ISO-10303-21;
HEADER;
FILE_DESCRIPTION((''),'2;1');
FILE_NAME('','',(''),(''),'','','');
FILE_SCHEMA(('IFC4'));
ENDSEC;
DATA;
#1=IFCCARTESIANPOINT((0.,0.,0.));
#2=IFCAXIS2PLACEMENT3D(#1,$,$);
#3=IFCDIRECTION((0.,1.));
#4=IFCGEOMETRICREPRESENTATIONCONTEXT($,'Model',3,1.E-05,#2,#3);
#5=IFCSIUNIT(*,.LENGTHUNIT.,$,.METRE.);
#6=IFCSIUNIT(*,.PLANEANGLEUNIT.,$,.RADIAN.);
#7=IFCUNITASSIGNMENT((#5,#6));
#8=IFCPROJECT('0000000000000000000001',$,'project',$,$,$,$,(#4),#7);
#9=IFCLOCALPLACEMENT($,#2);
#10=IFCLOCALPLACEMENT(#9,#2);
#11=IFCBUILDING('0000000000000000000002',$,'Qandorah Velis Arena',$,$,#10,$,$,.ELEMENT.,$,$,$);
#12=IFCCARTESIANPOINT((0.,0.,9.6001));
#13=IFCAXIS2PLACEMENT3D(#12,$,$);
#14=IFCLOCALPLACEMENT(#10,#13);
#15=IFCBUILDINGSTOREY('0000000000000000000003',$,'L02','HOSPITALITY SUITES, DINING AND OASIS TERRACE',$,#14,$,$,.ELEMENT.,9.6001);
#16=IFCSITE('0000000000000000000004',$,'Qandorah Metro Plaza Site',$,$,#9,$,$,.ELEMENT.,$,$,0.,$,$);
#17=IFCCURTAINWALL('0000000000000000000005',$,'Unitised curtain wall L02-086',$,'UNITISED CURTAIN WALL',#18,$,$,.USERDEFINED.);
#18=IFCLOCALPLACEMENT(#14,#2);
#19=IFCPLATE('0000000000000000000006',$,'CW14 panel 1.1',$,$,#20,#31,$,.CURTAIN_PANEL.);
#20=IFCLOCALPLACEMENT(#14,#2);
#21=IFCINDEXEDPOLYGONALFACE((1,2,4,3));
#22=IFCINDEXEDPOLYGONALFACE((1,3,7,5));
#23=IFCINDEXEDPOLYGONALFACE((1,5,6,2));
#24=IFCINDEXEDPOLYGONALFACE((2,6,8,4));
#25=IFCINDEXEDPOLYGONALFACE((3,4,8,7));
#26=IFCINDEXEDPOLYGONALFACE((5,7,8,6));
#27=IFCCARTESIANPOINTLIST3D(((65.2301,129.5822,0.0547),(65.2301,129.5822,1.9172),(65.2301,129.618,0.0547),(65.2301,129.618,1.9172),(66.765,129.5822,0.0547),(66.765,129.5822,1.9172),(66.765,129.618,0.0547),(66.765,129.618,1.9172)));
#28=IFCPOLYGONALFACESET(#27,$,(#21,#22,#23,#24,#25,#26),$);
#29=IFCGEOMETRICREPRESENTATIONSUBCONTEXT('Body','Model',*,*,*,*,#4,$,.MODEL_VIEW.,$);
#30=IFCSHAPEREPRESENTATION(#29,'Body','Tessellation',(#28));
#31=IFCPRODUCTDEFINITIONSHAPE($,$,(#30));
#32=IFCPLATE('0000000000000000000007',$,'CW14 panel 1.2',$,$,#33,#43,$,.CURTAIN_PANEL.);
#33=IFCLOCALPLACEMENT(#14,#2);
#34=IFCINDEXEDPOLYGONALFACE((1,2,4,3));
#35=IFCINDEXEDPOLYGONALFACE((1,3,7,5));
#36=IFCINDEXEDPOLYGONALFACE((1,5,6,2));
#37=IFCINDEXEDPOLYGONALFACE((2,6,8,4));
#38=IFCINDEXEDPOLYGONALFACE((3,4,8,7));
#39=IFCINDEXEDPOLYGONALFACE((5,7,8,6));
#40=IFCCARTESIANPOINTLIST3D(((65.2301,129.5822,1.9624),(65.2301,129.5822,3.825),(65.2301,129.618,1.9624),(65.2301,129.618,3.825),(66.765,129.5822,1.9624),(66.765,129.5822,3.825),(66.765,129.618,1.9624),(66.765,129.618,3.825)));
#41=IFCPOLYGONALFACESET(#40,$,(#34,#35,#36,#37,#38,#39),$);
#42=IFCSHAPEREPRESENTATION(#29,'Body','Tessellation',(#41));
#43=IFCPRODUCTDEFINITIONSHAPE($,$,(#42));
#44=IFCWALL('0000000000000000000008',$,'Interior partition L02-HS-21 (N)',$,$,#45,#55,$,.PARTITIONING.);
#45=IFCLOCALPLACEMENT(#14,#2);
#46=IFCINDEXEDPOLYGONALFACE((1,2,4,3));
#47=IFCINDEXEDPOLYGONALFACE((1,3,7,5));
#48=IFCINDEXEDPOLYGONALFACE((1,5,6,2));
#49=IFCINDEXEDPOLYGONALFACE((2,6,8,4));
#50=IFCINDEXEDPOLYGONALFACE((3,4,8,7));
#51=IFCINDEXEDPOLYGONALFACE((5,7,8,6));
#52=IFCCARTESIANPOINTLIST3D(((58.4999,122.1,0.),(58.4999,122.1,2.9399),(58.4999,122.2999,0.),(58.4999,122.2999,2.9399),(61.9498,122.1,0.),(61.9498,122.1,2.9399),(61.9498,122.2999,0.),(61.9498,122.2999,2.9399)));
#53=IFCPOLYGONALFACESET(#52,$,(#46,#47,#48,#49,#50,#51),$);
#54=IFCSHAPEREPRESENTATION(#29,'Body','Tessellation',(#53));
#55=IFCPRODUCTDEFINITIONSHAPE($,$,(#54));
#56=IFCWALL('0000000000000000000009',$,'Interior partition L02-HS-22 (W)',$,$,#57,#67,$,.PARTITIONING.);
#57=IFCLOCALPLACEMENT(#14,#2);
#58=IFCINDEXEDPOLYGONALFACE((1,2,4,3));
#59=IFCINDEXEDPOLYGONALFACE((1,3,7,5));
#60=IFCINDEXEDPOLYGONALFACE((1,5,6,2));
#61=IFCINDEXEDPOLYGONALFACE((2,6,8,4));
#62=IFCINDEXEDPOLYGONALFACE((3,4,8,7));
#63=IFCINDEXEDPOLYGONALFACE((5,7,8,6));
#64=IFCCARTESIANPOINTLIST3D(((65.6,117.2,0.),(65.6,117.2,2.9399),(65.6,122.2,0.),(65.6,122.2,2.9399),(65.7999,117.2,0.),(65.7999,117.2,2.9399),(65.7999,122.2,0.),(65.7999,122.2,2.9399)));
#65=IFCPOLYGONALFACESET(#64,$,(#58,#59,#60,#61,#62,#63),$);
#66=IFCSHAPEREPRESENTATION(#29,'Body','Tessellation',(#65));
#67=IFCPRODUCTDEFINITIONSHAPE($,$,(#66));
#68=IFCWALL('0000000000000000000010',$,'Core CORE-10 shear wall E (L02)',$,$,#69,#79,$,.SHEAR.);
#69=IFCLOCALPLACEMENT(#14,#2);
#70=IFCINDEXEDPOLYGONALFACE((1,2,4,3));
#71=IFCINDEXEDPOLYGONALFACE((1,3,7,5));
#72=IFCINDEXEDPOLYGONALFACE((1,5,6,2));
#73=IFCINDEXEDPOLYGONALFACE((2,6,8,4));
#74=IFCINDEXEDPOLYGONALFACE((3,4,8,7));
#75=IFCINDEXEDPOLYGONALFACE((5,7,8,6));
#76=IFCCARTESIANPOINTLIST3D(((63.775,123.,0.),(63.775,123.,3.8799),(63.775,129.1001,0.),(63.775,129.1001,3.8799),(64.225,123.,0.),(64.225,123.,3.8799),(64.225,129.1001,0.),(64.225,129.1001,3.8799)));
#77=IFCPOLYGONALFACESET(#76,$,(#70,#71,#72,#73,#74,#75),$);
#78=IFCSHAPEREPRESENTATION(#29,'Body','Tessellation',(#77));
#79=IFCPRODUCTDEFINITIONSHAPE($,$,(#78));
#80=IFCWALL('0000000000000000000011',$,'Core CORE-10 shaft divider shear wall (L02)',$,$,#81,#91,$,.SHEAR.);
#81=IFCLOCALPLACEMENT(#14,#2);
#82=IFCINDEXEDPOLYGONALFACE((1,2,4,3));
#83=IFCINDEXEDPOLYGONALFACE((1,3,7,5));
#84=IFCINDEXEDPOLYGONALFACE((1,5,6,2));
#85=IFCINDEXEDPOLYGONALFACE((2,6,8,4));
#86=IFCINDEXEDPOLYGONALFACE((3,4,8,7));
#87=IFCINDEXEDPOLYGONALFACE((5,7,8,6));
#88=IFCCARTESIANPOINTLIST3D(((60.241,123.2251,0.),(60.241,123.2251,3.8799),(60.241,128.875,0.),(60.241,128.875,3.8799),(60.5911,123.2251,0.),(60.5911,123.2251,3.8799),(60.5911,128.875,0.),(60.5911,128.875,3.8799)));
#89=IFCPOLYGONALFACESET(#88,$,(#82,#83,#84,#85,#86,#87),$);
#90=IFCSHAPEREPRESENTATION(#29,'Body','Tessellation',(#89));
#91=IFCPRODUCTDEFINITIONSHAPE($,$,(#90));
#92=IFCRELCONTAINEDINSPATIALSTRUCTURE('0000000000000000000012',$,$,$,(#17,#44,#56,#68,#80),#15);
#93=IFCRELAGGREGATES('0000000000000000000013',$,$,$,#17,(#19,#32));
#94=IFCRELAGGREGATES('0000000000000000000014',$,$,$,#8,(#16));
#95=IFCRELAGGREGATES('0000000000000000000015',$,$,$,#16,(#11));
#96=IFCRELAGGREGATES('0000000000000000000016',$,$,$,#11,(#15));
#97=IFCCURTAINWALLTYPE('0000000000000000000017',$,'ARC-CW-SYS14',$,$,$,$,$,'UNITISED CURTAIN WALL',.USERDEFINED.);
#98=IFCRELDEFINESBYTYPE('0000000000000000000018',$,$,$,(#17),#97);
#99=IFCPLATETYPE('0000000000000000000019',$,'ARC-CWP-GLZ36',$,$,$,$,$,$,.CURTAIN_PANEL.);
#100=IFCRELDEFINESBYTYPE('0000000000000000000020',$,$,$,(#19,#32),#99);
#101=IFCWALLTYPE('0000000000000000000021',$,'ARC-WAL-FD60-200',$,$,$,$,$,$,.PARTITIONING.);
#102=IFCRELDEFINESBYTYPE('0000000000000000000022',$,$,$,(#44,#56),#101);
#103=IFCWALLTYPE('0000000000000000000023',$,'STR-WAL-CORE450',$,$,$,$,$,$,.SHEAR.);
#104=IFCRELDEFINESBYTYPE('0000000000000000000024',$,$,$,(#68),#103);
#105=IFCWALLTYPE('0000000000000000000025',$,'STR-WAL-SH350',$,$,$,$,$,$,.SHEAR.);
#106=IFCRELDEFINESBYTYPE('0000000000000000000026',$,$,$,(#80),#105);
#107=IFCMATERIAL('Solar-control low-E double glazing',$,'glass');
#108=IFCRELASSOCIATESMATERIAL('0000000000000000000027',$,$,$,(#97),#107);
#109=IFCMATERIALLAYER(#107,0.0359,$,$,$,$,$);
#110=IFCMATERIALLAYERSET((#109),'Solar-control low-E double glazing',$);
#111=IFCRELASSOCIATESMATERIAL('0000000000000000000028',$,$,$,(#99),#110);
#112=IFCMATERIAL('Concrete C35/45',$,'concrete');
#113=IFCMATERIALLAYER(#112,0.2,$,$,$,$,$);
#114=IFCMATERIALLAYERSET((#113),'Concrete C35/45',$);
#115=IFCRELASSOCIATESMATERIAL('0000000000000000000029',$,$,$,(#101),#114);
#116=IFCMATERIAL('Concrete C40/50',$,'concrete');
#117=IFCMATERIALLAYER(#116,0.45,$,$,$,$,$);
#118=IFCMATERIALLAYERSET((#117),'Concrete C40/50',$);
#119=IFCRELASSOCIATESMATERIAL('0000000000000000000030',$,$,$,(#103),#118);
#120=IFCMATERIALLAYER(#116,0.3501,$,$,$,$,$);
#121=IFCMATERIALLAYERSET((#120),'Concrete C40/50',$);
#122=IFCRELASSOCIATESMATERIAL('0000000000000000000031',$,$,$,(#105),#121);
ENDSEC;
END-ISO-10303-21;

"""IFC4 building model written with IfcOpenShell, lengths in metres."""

from ifc_helpers import new_model, si_unit, direction, frame, frame_2d, origin, origin_2d, place, context, subcontext, project, spatial, rectangle, extrude, material, layer, layer_set, type_object, element, aggregate, save


model = new_model("IFC4")

# Units and contexts
model_context = context("Model", 3, precision=1e-05, world=origin(), true_north=direction((0.0, 1.0)))
body_context = subcontext(model_context, "Body", "Model", "MODEL_VIEW")
ifc_project = project(units=[si_unit("LENGTHUNIT", "METRE"), si_unit("PLANEANGLEUNIT", "RADIAN")], contexts=[model_context])

# Site, building, storey
site_placement = place(None, origin())
site = spatial("IfcSite", under=ifc_project, at=site_placement, Name="Qandorah Metro Plaza Site", CompositionType="ELEMENT", RefElevation=0.0)
building_placement = place(site_placement, origin())
building = spatial("IfcBuilding", under=site, at=building_placement, Name="Qandorah Velis Arena", CompositionType="ELEMENT")
storey_placement = place(building_placement, frame((0.0, 0.0, 9.6001)))
storey = spatial("IfcBuildingStorey", under=building, at=storey_placement, Name="L02", Description="HOSPITALITY SUITES, DINING AND OASIS TERRACE", CompositionType="ELEMENT", Elevation=9.6001)

# Shared definitions
ifc_material_1 = material(Name="Concrete C40/50", Category="concrete")

# Curtain wall
ifc_material_2 = material(Name="Solar-control low-E double glazing", Category="glass")
curtain_wall_type = type_object("IfcCurtainWallType", Name="ARC-CW-SYS14", ElementType="UNITISED CURTAIN WALL", PredefinedType="USERDEFINED", material=ifc_material_2)
curtain_wall_placement = place(storey_placement, origin())
curtain_wall = element("IfcCurtainWall", 1, at=curtain_wall_placement, inside=storey, type_object=curtain_wall_type, Name="Unitised curtain wall L02-086", ObjectType="UNITISED CURTAIN WALL", PredefinedType="USERDEFINED")

# Plates
ifc_layer_1 = layer(ifc_material_2, 0.0359)
ifc_layer_set_1 = layer_set([ifc_layer_1], Name="Solar-control low-E double glazing")
plate_type = type_object("IfcPlateType", Name="ARC-CWP-GLZ36", PredefinedType="CURTAIN_PANEL", material=ifc_layer_set_1)
plate_1_placement = place(storey_placement, frame((65.9976, 129.6001, 0.0547), z_axis=(0.0, 0.0, 1.0), x_axis=(1.0, 0.0, 0.0)))
plate_1 = element("IfcPlate", 2, at=plate_1_placement, type_object=plate_type, Name="CW14 panel 1.1", PredefinedType="CURTAIN_PANEL", context=body_context, shape_type="SweptSolid", body=[
    extrude(rectangle(XDim=1.5349, YDim=0.0359, at=origin_2d()), origin(), (0.0, 0.0, 1.0), 1.8625),
])
plate_2_placement = place(storey_placement, frame((65.9976, 129.6001, 1.9624), z_axis=(0.0, 0.0, 1.0), x_axis=(1.0, 0.0, 0.0)))
plate_2 = element("IfcPlate", 3, at=plate_2_placement, type_object=plate_type, Name="CW14 panel 1.2", PredefinedType="CURTAIN_PANEL", context=body_context, shape_type="SweptSolid", body=[
    extrude(rectangle(XDim=1.5349, YDim=0.0359, at=origin_2d()), origin(), (0.0, 0.0, 1.0), 1.8625),
])
aggregate(curtain_wall, [plate_1, plate_2])

# Walls
ifc_material_3 = material(Name="Concrete C35/45", Category="concrete")
ifc_layer_2 = layer(ifc_material_3, 0.2)
ifc_layer_set_2 = layer_set([ifc_layer_2], Name="Concrete C35/45")
wall_type_1 = type_object("IfcWallType", Name="ARC-WAL-FD60-200", PredefinedType="PARTITIONING", material=ifc_layer_set_2)
wall_1_placement = place(storey_placement, frame((61.95, 122.2, 0.0), z_axis=(0.0, 0.0, 1.0), x_axis=(-1.0, 0.0, 0.0)))
element("IfcWall", 4, at=wall_1_placement, inside=storey, type_object=wall_type_1, Name="Interior partition L02-HS-21 (N)", PredefinedType="PARTITIONING", context=body_context, shape_type="SweptSolid", body=[
    extrude(rectangle(XDim=3.45, YDim=0.2, at=frame_2d((1.7251, 0.0))), origin(), (0.0, 0.0, 1.0), 2.9399),
])
wall_2_placement = place(storey_placement, frame((65.7, 122.2, 0.0), z_axis=(0.0, 0.0, 1.0), x_axis=(0.0, -1.0, 0.0)))
element("IfcWall", 5, at=wall_2_placement, inside=storey, type_object=wall_type_1, Name="Interior partition L02-HS-22 (W)", PredefinedType="PARTITIONING", context=body_context, shape_type="SweptSolid", body=[
    extrude(rectangle(XDim=5.0, YDim=0.2, at=frame_2d((2.5, 0.0))), origin(), (0.0, 0.0, 1.0), 2.9399),
])
ifc_layer_3 = layer(ifc_material_1, 0.45)
ifc_layer_set_3 = layer_set([ifc_layer_3], Name="Concrete C40/50")
wall_type_2 = type_object("IfcWallType", Name="STR-WAL-CORE450", PredefinedType="SHEAR", material=ifc_layer_set_3)
wall_3_placement = place(storey_placement, frame((64.0, 123.0, 0.0), z_axis=(0.0, 0.0, 1.0), x_axis=(0.0, 1.0, 0.0)))
element("IfcWall", 6, at=wall_3_placement, inside=storey, type_object=wall_type_2, Name="Core CORE-10 shear wall E (L02)", PredefinedType="SHEAR", context=body_context, shape_type="SweptSolid", body=[
    extrude(rectangle(XDim=6.1001, YDim=0.45, at=frame_2d((3.05, 0.0))), origin(), (0.0, 0.0, 1.0), 3.8799),
])
ifc_layer_4 = layer(ifc_material_1, 0.3501)
ifc_layer_set_4 = layer_set([ifc_layer_4], Name="Concrete C40/50")
wall_type_3 = type_object("IfcWallType", Name="STR-WAL-SH350", PredefinedType="SHEAR", material=ifc_layer_set_4)
wall_4_placement = place(storey_placement, frame((60.416, 123.2251, 0.0), z_axis=(0.0, 0.0, 1.0), x_axis=(0.0, 1.0, 0.0)))
element("IfcWall", 7, at=wall_4_placement, inside=storey, type_object=wall_type_3, Name="Core CORE-10 shaft divider shear wall (L02)", PredefinedType="SHEAR", context=body_context, shape_type="SweptSolid", body=[
    extrude(rectangle(XDim=5.6499, YDim=0.3501, at=frame_2d((2.825, 0.0))), origin(), (0.0, 0.0, 1.0), 3.8799),
])

save(model, "model.ifc")
